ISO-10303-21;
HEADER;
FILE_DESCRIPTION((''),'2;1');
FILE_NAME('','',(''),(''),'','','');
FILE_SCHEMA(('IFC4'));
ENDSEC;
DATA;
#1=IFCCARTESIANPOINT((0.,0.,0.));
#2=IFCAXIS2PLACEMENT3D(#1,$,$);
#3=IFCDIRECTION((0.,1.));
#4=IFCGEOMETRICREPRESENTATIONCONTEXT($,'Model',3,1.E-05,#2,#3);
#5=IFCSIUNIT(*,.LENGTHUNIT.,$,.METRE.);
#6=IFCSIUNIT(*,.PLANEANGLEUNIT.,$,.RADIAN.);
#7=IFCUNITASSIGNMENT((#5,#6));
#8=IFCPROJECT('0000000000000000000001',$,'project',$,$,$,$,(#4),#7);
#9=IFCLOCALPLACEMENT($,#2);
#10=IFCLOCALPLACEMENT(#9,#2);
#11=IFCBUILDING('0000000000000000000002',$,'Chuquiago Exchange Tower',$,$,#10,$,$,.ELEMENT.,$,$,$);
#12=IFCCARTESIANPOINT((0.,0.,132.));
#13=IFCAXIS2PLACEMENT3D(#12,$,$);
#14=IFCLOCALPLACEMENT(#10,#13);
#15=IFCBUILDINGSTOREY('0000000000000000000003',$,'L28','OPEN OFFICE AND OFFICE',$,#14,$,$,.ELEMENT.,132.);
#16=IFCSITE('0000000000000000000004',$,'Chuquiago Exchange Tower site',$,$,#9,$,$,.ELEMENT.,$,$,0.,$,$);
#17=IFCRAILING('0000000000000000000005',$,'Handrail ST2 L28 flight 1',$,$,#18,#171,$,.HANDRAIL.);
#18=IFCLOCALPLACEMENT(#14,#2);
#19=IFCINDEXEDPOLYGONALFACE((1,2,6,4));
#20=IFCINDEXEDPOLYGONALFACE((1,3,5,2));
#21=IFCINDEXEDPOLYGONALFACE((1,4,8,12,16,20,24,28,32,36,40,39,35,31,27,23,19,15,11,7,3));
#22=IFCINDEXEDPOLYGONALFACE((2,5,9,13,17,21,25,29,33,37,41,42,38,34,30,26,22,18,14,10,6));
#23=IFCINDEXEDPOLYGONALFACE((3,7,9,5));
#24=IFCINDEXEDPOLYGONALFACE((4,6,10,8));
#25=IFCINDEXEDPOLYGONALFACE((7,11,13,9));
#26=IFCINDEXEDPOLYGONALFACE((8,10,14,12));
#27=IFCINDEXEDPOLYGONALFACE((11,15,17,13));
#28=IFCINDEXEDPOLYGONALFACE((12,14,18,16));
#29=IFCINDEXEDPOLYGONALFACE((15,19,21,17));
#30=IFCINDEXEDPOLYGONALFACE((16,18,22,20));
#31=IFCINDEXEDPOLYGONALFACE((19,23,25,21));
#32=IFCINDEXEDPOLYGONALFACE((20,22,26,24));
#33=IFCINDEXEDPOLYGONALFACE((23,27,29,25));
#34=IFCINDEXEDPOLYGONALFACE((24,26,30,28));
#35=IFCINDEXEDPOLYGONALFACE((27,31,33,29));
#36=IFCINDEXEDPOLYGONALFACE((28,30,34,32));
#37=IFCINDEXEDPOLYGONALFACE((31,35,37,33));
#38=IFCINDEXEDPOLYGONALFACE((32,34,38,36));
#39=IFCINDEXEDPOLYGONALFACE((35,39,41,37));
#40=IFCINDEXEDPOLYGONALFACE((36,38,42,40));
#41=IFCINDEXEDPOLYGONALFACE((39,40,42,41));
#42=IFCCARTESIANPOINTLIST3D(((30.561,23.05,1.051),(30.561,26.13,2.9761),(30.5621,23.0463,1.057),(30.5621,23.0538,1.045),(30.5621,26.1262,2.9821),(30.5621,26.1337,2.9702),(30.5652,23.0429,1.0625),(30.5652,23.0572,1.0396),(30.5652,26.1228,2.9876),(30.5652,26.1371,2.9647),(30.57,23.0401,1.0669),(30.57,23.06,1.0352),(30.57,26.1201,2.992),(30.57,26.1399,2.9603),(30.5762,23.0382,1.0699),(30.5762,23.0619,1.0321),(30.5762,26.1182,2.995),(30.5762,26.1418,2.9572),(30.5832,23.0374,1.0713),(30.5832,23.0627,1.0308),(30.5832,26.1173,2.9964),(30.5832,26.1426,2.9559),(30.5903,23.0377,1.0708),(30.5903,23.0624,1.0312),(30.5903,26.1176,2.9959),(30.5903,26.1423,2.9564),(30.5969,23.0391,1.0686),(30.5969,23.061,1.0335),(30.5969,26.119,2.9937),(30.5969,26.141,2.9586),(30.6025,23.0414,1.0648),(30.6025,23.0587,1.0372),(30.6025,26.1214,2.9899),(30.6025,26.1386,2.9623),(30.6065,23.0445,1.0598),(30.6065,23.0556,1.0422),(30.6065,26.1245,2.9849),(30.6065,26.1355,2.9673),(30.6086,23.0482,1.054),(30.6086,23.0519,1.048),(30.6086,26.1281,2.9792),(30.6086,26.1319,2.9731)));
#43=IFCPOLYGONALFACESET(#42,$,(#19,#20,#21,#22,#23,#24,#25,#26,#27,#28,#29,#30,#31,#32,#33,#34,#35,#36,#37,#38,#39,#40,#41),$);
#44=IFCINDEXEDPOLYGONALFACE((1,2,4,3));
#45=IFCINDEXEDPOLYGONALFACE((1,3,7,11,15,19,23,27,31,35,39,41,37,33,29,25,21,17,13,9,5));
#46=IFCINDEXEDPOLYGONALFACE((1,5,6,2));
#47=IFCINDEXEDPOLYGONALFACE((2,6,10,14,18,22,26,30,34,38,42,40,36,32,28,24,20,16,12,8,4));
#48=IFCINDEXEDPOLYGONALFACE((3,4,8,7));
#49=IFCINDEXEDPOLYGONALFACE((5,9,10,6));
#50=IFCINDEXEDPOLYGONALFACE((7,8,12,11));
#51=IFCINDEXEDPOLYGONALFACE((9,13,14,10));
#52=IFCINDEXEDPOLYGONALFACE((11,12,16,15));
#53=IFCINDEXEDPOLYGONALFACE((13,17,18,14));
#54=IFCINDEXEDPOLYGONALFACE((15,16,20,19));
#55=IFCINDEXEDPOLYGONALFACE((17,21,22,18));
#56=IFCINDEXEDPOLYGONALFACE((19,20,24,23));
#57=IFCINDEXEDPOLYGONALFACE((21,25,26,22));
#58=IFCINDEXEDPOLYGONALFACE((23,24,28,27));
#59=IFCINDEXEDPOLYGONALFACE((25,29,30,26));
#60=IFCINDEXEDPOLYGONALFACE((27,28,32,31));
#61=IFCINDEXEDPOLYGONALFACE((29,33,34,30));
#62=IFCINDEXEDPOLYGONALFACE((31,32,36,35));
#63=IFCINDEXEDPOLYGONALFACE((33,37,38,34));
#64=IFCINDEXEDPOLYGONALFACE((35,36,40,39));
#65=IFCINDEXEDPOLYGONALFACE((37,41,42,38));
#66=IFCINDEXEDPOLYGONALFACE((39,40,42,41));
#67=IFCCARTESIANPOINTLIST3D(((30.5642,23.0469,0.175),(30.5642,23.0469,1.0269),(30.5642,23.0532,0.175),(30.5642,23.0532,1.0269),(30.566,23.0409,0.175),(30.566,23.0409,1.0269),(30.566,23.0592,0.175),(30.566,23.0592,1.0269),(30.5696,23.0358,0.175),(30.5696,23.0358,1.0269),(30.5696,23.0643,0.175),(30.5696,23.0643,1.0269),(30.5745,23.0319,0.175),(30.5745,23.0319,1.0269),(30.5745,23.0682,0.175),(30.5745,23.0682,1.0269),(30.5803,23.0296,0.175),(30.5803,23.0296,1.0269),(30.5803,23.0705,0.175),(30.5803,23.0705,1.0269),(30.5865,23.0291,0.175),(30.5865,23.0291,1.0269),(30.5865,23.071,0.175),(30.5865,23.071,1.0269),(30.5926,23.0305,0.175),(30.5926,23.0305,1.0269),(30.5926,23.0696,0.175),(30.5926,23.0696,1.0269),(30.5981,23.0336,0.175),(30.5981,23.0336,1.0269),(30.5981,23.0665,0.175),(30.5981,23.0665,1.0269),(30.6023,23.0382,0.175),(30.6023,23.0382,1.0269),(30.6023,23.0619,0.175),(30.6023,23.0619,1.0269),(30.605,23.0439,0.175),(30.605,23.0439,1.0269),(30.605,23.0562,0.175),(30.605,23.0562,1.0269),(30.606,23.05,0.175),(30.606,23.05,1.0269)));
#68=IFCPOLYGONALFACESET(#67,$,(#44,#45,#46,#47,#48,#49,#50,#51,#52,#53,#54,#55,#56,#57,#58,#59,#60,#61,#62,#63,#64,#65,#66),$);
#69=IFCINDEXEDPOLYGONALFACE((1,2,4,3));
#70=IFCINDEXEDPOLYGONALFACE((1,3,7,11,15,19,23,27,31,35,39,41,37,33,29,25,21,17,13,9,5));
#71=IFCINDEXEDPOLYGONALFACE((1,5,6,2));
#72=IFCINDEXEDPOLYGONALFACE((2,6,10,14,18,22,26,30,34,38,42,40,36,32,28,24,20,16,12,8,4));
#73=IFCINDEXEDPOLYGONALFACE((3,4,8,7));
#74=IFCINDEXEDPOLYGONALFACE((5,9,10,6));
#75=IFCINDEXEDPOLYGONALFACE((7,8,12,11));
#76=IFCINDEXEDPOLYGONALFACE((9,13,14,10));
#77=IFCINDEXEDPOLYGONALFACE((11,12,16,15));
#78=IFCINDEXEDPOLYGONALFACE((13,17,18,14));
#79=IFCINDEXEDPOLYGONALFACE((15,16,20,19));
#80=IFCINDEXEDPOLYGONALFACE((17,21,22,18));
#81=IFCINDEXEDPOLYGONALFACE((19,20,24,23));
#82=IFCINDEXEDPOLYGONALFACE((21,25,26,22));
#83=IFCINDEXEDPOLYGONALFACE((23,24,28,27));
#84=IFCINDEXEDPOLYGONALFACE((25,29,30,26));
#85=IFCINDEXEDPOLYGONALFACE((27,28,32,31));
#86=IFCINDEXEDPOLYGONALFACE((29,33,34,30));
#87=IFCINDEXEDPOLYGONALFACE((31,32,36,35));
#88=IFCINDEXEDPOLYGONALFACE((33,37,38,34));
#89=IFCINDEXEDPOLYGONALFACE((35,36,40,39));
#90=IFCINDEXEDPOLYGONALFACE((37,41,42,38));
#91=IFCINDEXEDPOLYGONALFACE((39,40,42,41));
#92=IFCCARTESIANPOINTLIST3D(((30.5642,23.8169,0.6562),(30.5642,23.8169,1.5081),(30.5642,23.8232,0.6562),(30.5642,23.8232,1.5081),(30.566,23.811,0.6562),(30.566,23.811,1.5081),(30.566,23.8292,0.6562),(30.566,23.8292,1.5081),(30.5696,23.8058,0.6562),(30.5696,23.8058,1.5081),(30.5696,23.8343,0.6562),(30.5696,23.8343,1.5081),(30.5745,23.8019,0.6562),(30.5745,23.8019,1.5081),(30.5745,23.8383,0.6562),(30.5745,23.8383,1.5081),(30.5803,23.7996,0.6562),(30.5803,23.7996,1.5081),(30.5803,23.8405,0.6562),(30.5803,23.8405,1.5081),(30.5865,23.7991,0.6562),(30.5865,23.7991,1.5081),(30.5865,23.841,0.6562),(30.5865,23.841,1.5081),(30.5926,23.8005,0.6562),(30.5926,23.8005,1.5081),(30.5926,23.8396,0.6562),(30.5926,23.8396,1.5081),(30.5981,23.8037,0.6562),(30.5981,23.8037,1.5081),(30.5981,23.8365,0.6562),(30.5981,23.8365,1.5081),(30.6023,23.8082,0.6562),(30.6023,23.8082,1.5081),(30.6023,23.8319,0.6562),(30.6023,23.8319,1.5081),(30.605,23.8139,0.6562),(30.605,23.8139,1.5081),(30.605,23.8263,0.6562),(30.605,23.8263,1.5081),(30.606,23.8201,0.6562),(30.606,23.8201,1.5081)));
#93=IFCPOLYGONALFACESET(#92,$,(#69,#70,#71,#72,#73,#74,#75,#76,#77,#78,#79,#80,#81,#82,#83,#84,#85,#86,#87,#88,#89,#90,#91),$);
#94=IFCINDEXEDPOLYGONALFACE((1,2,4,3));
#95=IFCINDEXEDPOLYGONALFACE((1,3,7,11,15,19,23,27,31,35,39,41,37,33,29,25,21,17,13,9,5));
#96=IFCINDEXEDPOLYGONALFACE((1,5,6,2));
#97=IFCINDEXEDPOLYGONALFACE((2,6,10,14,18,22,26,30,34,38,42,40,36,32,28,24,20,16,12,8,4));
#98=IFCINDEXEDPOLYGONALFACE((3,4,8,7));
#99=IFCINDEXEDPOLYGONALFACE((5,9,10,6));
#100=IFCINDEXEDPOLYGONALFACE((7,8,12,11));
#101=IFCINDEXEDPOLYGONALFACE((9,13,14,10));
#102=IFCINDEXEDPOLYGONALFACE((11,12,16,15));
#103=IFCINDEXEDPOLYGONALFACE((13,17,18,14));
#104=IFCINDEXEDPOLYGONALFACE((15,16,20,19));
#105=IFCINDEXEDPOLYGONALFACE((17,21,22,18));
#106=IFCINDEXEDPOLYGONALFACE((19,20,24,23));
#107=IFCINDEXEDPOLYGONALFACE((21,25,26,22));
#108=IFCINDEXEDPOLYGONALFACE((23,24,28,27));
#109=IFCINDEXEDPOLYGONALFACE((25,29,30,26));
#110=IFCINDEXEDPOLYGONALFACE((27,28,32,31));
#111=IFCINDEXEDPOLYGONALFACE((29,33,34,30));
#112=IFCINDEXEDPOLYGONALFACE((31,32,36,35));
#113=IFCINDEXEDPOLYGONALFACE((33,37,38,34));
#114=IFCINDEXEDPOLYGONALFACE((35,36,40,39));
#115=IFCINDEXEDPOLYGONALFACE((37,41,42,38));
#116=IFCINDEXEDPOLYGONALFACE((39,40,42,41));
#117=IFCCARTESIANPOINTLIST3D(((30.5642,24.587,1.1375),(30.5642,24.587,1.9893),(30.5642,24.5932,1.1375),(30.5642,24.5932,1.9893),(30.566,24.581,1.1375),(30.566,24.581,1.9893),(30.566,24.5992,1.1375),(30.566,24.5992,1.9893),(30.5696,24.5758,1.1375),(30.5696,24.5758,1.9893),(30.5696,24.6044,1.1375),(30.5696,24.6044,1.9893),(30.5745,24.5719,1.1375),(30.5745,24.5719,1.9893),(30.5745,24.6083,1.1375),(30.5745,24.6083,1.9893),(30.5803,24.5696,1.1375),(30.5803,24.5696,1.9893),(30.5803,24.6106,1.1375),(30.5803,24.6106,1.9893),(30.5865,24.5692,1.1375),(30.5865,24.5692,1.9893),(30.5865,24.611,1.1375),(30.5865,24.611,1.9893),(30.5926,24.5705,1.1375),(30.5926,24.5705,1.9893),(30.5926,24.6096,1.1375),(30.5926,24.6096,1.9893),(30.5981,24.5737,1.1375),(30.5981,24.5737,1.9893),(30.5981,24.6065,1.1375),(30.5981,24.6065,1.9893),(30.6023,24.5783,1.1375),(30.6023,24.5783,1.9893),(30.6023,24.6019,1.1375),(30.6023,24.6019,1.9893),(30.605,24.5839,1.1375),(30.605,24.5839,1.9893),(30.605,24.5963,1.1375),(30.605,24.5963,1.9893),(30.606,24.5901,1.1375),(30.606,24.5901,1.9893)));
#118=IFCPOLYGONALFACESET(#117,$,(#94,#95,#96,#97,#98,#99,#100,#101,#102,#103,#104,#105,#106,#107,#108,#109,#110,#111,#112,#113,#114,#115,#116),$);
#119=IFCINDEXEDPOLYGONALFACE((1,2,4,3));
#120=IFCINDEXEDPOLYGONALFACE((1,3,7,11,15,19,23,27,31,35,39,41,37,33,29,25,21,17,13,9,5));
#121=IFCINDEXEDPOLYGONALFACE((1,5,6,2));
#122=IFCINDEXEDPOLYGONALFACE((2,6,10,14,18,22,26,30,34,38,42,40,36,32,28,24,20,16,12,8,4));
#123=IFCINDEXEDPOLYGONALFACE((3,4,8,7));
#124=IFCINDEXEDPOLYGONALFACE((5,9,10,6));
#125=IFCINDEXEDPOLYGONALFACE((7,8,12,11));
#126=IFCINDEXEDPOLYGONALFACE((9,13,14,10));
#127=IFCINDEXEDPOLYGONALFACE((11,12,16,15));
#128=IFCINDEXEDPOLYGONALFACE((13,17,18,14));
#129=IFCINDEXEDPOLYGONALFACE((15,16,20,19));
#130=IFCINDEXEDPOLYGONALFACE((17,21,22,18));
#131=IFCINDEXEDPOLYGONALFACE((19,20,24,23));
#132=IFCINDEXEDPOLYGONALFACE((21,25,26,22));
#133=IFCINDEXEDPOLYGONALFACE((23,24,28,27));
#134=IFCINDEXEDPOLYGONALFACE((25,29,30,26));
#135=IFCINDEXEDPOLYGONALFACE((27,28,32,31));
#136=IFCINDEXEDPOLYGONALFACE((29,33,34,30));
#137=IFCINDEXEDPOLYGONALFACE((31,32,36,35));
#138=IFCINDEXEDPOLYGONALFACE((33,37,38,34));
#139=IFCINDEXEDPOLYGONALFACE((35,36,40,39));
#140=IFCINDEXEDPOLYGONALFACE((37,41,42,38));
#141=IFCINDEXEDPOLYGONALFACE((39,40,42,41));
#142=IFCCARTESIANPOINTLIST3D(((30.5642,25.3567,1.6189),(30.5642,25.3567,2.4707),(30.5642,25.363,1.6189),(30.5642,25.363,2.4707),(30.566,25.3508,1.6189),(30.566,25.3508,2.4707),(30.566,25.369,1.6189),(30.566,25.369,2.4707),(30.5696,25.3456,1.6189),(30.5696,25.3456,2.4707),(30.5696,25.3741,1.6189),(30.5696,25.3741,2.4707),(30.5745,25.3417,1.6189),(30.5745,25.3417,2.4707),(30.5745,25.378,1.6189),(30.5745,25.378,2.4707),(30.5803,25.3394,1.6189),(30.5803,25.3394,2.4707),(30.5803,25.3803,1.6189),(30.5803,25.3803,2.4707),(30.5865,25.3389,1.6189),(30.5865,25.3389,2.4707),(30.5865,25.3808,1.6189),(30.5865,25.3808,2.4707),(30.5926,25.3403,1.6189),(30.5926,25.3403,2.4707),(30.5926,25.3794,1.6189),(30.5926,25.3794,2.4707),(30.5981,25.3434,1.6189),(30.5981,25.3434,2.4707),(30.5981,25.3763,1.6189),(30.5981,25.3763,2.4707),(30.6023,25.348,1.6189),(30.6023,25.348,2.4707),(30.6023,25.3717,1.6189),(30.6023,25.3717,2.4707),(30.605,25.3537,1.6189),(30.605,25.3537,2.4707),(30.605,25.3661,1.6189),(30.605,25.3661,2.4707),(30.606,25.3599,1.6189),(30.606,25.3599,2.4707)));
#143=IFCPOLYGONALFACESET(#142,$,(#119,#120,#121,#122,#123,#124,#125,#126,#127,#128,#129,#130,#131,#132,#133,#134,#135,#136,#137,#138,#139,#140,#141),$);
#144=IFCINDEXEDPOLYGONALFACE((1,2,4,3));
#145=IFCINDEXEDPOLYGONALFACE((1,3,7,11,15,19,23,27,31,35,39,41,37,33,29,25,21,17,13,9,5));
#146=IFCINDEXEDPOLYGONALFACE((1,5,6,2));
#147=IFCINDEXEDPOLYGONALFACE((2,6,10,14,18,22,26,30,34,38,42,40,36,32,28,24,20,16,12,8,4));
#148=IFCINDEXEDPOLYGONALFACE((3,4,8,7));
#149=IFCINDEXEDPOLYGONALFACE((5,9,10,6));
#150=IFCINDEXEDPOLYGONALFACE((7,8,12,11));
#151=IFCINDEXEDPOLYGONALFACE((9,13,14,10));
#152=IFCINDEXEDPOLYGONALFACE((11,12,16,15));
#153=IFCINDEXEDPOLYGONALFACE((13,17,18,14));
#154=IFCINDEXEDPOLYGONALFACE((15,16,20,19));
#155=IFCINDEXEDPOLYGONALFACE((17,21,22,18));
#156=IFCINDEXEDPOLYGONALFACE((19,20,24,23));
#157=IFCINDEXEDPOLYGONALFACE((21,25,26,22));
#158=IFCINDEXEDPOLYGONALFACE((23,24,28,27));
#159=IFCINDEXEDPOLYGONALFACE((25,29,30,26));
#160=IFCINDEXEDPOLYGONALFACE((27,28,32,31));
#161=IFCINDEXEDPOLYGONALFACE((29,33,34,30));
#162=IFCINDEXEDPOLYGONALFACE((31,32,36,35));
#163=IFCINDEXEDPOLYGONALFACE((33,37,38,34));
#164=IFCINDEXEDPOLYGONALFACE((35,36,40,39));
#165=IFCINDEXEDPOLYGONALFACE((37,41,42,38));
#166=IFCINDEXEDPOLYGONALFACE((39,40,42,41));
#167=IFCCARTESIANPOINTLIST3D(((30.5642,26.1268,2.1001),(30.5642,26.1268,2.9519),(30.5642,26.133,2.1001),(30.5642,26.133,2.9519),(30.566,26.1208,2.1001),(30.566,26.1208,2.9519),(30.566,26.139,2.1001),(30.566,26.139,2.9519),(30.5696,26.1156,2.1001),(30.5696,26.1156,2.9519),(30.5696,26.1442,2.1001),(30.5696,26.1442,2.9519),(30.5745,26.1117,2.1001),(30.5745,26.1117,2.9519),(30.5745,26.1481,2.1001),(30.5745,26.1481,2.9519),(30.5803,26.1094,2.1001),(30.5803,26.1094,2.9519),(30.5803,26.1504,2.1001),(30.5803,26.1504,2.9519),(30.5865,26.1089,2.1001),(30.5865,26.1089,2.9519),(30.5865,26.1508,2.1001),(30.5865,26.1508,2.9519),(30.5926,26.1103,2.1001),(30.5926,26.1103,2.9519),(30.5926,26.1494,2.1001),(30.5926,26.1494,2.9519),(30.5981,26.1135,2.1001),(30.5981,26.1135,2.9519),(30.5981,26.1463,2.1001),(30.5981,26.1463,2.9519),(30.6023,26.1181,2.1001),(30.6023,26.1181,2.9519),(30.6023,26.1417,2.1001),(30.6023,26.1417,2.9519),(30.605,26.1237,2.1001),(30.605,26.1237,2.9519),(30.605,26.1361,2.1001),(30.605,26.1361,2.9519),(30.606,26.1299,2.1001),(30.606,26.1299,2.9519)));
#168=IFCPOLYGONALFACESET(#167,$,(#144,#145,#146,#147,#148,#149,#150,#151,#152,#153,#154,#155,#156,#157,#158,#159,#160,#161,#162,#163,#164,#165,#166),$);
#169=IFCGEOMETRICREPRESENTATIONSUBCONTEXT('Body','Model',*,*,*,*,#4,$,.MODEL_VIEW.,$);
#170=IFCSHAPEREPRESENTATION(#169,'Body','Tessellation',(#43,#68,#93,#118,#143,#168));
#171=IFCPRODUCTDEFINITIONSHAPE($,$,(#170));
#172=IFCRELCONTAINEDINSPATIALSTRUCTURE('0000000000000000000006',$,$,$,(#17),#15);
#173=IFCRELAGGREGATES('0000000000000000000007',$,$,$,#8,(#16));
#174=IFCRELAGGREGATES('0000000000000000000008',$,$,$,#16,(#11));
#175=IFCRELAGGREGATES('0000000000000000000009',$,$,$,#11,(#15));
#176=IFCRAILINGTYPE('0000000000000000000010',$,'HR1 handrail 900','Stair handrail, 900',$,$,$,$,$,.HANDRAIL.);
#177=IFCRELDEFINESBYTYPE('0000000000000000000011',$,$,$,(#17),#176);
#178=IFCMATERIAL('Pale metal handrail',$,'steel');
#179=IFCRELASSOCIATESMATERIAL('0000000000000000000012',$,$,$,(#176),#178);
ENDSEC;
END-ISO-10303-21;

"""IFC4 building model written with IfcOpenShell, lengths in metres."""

from ifc_helpers import new_model, si_unit, direction, frame, origin, origin_2d, place, context, subcontext, project, spatial, circle, extrude, material, type_object, element, save


model = new_model("IFC4")

# Units and contexts
model_context = context("Model", 3, precision=1e-05, world=origin(), true_north=direction((0.0, 1.0)))
body_context = subcontext(model_context, "Body", "Model", "MODEL_VIEW")
ifc_project = project(units=[si_unit("LENGTHUNIT", "METRE"), si_unit("PLANEANGLEUNIT", "RADIAN")], contexts=[model_context])

# Site, building, storey
site_placement = place(None, origin())
site = spatial("IfcSite", under=ifc_project, at=site_placement, Name="Chuquiago Exchange Tower site", CompositionType="ELEMENT", RefElevation=0.0)
building_placement = place(site_placement, origin())
building = spatial("IfcBuilding", under=site, at=building_placement, Name="Chuquiago Exchange Tower", CompositionType="ELEMENT")
storey_placement = place(building_placement, frame((0.0, 0.0, 132.0)))
storey = spatial("IfcBuildingStorey", under=building, at=storey_placement, Name="L28", Description="OPEN OFFICE AND OFFICE", CompositionType="ELEMENT", Elevation=132.0)

# Railing
ifc_material_1 = material(Name="Pale metal handrail", Category="steel")
railing_type_1 = type_object("IfcRailingType", Name="HR1 handrail 900", Description="Stair handrail, 900", PredefinedType="HANDRAIL", material=ifc_material_1)
railing_1_placement = place(storey_placement, frame((30.585, 23.05, 0.175)))
element("IfcRailing", 1, at=railing_1_placement, inside=storey, type_object=railing_type_1, Name="Handrail ST2 L28 flight 1", PredefinedType="HANDRAIL", context=body_context, shape_type="SweptSolid", body=[
    extrude(circle(Radius=0.0239, at=origin_2d()), frame((0.0, 0.0, 0.876), z_axis=(0.0, 0.847979, 0.530029), x_axis=(-1.0, 0.0, 0.0)), (0.0, 0.0, 1.0), 3.6321),
    extrude(circle(Radius=0.021, at=origin_2d()), origin(), (0.0, 0.0, 1.0), 0.8518),
    extrude(circle(Radius=0.021, at=origin_2d()), frame((0.0, 0.77, 0.4812)), (0.0, 0.0, 1.0), 0.8518),
    extrude(circle(Radius=0.021, at=origin_2d()), frame((0.0, 1.54, 0.9624)), (0.0, 0.0, 1.0), 0.8518),
    extrude(circle(Radius=0.021, at=origin_2d()), frame((0.0, 2.3098, 1.4438)), (0.0, 0.0, 1.0), 0.8518),
    extrude(circle(Radius=0.021, at=origin_2d()), frame((0.0, 3.0798, 1.925)), (0.0, 0.0, 1.0), 0.8518),
])

save(model, "model.ifc")
